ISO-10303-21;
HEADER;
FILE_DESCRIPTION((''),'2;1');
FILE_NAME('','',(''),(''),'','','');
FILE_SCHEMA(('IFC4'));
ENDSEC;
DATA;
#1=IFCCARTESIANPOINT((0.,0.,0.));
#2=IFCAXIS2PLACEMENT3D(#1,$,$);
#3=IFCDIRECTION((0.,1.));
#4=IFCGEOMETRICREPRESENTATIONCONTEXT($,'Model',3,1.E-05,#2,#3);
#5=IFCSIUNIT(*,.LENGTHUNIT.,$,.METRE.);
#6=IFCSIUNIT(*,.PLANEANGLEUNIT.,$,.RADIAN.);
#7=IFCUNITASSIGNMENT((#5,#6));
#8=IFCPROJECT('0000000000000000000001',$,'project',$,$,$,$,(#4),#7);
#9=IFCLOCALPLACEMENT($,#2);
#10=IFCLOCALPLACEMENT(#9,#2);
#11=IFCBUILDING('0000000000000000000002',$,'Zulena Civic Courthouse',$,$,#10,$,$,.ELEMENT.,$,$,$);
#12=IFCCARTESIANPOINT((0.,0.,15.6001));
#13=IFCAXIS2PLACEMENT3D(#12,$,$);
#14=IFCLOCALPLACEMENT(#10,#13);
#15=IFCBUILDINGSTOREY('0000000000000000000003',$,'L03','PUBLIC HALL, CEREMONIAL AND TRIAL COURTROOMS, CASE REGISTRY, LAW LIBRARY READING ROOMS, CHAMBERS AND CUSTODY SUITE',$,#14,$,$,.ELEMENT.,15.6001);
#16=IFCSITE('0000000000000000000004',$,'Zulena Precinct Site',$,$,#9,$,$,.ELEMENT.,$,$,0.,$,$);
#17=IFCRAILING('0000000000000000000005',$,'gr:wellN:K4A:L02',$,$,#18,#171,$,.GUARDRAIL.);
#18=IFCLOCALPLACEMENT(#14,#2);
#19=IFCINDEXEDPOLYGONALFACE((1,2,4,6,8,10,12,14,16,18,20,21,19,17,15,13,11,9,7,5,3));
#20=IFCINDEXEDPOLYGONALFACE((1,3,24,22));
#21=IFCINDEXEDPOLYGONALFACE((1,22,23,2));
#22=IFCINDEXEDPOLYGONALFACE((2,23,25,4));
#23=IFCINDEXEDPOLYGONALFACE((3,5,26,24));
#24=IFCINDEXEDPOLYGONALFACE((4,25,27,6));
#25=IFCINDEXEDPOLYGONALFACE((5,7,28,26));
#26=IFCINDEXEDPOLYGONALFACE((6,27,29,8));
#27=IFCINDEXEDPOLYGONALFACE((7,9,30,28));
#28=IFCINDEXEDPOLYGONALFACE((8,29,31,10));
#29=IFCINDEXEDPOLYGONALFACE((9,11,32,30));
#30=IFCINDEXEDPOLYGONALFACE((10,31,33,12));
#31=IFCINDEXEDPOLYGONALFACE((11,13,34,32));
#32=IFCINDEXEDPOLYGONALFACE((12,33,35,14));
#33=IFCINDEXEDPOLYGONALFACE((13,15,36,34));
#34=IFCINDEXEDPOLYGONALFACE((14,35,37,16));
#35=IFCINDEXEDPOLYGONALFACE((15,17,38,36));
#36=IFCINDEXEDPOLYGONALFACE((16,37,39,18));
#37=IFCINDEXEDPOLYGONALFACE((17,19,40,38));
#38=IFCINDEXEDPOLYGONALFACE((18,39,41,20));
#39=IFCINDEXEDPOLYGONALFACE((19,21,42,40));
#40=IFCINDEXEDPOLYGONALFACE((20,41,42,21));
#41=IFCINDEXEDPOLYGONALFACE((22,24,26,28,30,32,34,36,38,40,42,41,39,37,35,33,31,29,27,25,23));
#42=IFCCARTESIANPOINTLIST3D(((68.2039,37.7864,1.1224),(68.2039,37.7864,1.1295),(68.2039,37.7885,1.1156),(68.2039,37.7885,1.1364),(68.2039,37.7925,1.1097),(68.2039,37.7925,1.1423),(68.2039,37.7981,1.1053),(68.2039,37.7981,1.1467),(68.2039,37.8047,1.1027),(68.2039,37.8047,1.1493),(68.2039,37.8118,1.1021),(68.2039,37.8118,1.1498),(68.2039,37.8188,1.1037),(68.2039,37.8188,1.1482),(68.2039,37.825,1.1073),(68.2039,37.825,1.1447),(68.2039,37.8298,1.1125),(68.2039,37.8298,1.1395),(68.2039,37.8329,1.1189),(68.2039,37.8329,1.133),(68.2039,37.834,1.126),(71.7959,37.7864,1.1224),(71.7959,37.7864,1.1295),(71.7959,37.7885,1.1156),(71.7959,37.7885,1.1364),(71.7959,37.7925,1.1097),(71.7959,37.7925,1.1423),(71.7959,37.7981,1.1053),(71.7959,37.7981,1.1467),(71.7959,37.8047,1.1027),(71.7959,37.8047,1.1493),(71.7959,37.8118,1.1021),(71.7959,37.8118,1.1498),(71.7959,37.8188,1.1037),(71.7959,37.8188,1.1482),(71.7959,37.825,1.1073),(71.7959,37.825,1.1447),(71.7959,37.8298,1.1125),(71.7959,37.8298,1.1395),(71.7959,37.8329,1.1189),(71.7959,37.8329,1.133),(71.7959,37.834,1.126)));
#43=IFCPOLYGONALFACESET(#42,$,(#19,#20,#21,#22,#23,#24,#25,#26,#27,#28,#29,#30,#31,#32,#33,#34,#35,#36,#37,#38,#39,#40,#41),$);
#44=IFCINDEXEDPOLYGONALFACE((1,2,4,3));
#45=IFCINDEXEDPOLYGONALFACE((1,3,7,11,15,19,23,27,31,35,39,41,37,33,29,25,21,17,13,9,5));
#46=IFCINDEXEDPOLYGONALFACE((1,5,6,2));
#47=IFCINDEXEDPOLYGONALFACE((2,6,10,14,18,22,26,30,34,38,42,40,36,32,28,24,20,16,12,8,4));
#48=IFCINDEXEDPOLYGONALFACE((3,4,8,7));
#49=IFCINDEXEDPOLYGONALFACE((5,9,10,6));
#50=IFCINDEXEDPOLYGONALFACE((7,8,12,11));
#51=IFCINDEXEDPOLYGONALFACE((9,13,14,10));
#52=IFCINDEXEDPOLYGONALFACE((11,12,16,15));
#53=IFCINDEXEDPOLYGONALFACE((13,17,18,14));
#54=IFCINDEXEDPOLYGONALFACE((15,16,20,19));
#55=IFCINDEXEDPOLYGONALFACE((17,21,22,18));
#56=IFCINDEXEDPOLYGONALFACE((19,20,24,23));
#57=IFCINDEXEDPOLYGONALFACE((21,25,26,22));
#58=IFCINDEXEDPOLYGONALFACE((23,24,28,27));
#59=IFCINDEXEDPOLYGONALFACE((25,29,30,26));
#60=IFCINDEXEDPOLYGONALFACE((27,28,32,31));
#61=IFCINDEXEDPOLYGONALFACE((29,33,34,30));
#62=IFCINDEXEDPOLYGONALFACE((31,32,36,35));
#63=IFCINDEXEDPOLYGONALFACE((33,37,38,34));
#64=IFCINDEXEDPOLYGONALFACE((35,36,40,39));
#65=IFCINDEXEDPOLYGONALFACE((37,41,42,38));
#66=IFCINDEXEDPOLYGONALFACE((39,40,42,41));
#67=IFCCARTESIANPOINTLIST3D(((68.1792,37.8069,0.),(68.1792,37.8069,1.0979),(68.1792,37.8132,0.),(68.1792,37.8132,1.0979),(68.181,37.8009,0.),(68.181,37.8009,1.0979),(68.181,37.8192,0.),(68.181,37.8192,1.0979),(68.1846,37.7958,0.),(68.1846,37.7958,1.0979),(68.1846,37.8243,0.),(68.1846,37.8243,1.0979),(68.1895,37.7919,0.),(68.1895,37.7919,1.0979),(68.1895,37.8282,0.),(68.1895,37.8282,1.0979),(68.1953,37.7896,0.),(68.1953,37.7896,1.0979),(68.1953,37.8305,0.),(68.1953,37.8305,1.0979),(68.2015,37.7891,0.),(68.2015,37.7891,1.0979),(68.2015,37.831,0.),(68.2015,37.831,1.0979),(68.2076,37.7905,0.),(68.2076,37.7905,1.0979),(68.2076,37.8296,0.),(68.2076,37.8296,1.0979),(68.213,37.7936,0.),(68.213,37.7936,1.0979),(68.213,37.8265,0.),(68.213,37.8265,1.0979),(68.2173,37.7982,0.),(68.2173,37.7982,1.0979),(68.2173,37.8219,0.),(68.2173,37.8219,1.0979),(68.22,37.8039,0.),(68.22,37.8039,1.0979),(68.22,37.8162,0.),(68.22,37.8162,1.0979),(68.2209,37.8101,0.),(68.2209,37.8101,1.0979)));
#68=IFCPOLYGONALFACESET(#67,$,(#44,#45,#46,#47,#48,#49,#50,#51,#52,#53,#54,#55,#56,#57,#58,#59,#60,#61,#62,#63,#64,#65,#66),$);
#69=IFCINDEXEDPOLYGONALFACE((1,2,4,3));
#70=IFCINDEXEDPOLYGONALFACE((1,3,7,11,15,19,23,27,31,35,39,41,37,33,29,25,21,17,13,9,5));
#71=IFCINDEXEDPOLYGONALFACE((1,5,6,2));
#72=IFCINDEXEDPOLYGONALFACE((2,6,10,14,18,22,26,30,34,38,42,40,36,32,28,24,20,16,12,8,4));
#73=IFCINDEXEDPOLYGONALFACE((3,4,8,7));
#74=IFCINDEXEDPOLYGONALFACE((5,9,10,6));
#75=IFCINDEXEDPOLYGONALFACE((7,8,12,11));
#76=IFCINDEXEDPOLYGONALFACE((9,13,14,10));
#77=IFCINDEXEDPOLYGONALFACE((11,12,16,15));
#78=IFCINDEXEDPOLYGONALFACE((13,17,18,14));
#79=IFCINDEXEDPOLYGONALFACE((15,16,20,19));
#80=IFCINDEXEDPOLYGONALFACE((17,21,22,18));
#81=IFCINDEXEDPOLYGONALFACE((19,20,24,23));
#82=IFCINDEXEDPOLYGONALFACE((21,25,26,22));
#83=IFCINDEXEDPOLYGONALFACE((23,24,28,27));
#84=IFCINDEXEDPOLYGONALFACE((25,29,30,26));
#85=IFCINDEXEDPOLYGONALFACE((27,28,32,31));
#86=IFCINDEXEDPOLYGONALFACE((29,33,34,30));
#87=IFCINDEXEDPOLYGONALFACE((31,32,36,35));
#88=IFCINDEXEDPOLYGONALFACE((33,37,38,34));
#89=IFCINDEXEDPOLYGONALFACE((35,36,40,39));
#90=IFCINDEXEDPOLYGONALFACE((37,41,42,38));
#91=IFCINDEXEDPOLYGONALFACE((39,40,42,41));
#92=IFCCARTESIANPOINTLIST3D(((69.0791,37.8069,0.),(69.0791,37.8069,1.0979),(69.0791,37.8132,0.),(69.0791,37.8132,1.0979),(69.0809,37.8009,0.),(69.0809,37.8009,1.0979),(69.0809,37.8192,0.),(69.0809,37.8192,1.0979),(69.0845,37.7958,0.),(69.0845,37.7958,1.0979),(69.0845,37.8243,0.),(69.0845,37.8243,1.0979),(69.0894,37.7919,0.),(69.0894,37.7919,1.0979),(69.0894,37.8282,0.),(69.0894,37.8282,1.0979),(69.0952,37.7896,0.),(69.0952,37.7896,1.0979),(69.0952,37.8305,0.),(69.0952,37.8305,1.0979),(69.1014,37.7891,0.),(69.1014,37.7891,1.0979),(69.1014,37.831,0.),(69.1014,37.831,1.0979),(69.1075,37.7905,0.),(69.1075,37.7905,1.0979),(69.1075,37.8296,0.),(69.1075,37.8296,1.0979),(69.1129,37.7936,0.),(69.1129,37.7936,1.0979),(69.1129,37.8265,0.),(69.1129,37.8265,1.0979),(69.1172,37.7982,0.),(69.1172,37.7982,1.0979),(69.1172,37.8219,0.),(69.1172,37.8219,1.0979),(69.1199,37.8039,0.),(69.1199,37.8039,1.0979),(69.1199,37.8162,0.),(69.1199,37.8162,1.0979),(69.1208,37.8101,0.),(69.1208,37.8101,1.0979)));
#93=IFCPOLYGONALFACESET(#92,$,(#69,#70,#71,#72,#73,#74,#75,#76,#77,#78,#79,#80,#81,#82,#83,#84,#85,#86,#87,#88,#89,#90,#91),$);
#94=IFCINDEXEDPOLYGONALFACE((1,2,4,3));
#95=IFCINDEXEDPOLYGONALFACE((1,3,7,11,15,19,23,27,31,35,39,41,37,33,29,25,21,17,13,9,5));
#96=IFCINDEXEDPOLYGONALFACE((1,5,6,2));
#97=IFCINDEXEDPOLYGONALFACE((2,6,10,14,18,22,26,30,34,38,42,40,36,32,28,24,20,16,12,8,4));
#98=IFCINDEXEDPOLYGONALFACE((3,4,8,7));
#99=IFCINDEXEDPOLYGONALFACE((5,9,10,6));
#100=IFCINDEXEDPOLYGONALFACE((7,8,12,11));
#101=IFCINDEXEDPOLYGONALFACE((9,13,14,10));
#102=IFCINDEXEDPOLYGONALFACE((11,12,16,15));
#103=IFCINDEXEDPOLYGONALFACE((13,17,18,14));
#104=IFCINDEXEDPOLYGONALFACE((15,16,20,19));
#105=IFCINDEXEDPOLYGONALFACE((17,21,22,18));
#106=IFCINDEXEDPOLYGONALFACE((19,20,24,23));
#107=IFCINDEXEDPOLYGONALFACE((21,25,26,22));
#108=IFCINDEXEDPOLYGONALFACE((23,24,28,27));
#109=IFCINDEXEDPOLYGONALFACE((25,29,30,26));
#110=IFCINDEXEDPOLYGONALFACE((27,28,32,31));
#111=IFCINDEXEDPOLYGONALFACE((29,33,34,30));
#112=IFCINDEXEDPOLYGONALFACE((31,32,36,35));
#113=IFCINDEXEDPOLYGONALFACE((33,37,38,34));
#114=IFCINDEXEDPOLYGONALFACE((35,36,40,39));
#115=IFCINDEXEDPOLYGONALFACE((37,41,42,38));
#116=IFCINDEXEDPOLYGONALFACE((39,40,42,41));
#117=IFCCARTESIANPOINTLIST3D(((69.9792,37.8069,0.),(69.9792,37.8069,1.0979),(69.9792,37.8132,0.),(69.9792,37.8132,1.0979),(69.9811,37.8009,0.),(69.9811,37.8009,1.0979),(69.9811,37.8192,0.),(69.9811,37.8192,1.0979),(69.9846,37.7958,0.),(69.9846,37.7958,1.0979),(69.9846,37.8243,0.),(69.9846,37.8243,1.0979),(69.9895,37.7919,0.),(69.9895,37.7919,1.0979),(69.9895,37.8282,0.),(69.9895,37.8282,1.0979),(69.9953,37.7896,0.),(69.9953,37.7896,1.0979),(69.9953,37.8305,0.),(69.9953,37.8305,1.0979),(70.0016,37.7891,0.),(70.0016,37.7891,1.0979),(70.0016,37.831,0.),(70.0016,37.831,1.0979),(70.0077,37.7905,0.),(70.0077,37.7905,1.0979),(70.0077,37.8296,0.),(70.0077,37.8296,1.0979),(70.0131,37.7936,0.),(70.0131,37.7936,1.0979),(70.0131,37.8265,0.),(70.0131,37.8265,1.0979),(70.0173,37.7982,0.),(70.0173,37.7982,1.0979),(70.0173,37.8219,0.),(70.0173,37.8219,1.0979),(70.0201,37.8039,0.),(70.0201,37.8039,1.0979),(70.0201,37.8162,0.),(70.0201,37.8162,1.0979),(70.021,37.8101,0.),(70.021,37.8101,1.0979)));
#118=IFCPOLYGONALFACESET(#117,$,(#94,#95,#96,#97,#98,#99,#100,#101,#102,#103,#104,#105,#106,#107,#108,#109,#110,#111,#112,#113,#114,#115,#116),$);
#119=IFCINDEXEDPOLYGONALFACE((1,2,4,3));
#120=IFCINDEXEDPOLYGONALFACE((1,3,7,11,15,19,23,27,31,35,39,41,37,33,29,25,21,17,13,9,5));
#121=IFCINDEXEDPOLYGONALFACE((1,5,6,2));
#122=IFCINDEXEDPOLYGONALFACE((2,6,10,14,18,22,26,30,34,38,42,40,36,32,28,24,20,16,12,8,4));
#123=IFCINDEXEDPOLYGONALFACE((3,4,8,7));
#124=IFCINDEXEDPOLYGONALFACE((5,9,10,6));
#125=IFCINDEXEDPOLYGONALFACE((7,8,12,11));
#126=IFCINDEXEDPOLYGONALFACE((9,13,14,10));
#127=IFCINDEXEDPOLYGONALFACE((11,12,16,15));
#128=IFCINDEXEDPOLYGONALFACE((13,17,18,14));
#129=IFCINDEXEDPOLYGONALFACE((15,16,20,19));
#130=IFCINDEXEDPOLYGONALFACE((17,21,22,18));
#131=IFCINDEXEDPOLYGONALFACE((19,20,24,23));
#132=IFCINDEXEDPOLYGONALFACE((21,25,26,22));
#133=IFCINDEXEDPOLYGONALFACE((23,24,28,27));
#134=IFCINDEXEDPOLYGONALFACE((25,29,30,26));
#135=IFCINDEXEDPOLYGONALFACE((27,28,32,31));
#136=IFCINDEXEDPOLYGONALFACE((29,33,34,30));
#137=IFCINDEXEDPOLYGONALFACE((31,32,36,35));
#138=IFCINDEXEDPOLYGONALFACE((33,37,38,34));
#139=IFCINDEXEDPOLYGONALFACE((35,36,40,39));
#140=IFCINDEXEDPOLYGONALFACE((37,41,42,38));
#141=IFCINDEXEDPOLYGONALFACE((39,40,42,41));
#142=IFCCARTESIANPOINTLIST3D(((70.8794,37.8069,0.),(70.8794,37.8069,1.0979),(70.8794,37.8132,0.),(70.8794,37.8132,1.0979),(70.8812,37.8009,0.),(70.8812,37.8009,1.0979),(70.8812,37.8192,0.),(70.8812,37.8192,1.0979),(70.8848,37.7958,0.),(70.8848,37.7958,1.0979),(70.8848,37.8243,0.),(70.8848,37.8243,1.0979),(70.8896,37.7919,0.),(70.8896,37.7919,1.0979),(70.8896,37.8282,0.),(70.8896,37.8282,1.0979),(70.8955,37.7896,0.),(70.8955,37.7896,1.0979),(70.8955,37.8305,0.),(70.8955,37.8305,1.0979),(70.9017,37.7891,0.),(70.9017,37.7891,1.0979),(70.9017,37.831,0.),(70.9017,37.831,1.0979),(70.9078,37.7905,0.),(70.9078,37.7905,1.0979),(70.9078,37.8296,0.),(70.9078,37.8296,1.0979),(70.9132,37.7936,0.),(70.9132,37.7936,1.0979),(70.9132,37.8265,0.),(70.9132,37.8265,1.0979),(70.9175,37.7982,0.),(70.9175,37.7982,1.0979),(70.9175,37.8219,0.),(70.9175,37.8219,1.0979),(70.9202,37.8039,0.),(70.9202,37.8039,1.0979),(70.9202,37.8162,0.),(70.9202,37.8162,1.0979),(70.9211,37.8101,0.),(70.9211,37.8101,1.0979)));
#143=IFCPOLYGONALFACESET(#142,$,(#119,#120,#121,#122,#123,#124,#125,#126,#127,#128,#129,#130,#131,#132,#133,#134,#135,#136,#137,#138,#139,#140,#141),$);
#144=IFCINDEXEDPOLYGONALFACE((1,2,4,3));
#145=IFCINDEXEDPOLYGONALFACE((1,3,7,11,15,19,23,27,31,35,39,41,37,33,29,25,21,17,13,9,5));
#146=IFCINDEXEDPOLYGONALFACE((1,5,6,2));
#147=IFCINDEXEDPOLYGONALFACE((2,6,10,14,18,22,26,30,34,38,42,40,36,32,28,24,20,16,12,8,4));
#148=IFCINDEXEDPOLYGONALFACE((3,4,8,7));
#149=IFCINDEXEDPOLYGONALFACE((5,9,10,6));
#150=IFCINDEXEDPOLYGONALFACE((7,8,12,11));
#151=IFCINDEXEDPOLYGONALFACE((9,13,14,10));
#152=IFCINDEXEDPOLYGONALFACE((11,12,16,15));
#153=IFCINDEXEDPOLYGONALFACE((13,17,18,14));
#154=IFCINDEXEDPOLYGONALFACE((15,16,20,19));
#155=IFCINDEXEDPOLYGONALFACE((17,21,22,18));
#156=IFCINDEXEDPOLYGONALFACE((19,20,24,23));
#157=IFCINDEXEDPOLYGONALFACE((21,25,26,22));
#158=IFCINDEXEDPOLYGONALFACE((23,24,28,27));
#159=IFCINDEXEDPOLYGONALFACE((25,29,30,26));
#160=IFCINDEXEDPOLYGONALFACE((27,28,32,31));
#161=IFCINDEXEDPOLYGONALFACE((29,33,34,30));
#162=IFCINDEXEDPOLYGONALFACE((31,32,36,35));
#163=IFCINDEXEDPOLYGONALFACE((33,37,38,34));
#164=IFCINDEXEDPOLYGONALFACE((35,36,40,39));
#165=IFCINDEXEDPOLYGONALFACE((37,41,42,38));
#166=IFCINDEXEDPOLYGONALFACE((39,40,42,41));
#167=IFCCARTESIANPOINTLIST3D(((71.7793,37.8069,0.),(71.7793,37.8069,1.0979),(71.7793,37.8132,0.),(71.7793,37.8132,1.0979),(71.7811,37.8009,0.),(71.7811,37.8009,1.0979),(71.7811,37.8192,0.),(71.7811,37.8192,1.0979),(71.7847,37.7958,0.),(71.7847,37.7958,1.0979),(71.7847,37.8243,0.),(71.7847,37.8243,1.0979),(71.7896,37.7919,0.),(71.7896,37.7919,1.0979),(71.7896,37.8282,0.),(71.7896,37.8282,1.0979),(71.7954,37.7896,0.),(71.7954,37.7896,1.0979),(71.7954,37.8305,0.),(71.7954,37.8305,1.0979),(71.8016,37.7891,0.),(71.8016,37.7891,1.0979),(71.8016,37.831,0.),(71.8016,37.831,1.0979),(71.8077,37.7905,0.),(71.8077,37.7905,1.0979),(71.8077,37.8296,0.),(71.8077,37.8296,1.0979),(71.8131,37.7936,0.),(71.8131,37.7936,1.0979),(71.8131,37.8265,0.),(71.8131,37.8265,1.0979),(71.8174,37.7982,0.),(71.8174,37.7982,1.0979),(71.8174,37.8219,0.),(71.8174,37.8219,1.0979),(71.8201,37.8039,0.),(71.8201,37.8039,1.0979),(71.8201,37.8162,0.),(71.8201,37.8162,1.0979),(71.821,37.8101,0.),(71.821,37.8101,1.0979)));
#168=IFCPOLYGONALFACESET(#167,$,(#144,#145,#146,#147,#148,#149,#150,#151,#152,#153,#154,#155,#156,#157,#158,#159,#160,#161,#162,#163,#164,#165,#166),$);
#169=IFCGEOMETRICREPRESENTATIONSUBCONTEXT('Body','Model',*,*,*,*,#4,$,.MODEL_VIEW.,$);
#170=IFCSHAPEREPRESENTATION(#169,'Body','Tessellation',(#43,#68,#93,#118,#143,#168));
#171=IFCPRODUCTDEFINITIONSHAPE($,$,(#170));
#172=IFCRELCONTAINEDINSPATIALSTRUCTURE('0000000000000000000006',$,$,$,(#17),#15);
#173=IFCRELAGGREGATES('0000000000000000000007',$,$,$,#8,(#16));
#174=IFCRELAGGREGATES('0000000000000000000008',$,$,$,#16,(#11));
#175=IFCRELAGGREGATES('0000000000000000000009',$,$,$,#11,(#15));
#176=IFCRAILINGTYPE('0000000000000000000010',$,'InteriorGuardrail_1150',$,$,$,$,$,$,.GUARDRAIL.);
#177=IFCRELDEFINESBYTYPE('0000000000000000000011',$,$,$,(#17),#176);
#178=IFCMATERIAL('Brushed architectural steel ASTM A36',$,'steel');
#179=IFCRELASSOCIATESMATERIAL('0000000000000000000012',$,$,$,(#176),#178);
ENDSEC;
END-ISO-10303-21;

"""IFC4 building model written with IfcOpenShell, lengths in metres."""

from ifc_helpers import new_model, si_unit, direction, frame, origin, origin_2d, place, context, subcontext, project, spatial, circle, extrude, material, type_object, element, save


model = new_model("IFC4")

# Units and contexts
model_context = context("Model", 3, precision=1e-05, world=origin(), true_north=direction((0.0, 1.0)))
body_context = subcontext(model_context, "Body", "Model", "MODEL_VIEW")
ifc_project = project(units=[si_unit("LENGTHUNIT", "METRE"), si_unit("PLANEANGLEUNIT", "RADIAN")], contexts=[model_context])

# Site, building, storey
site_placement = place(None, origin())
site = spatial("IfcSite", under=ifc_project, at=site_placement, Name="Zulena Precinct Site", CompositionType="ELEMENT", RefElevation=0.0)
building_placement = place(site_placement, origin())
building = spatial("IfcBuilding", under=site, at=building_placement, Name="Zulena Civic Courthouse", CompositionType="ELEMENT")
storey_placement = place(building_placement, frame((0.0, 0.0, 15.6001)))
storey = spatial("IfcBuildingStorey", under=building, at=storey_placement, Name="L03", Description="PUBLIC HALL, CEREMONIAL AND TRIAL COURTROOMS, CASE REGISTRY, LAW LIBRARY READING ROOMS, CHAMBERS AND CUSTODY SUITE", CompositionType="ELEMENT", Elevation=15.6001)

# Railing
ifc_material_1 = material(Name="Brushed architectural steel ASTM A36", Category="steel")
railing_type_1 = type_object("IfcRailingType", Name="InteriorGuardrail_1150", PredefinedType="GUARDRAIL", material=ifc_material_1)
railing_1_placement = place(storey_placement, frame((68.2, 37.8101, 0.0)))
element("IfcRailing", 1, at=railing_1_placement, inside=storey, type_object=railing_type_1, Name="gr:wellN:K4A:L02", PredefinedType="GUARDRAIL", context=body_context, shape_type="SweptSolid", body=[
    extrude(circle(Radius=0.0239, at=origin_2d()), frame((0.0039, 0.0, 1.126), z_axis=(1.0, 0.0, 0.0), x_axis=(0.0, 1.0, 0.0)), (0.0, 0.0, 1.0), 3.592),
    extrude(circle(Radius=0.021, at=origin_2d()), origin(), (0.0, 0.0, 1.0), 1.0979),
    extrude(circle(Radius=0.021, at=origin_2d()), frame((0.8999, 0.0, 0.0)), (0.0, 0.0, 1.0), 1.0979),
    extrude(circle(Radius=0.021, at=origin_2d()), frame((1.8, 0.0, 0.0)), (0.0, 0.0, 1.0), 1.0979),
    extrude(circle(Radius=0.021, at=origin_2d()), frame((2.7002, 0.0, 0.0)), (0.0, 0.0, 1.0), 1.0979),
    extrude(circle(Radius=0.021, at=origin_2d()), frame((3.6001, 0.0, 0.0)), (0.0, 0.0, 1.0), 1.0979),
])

save(model, "model.ifc")
